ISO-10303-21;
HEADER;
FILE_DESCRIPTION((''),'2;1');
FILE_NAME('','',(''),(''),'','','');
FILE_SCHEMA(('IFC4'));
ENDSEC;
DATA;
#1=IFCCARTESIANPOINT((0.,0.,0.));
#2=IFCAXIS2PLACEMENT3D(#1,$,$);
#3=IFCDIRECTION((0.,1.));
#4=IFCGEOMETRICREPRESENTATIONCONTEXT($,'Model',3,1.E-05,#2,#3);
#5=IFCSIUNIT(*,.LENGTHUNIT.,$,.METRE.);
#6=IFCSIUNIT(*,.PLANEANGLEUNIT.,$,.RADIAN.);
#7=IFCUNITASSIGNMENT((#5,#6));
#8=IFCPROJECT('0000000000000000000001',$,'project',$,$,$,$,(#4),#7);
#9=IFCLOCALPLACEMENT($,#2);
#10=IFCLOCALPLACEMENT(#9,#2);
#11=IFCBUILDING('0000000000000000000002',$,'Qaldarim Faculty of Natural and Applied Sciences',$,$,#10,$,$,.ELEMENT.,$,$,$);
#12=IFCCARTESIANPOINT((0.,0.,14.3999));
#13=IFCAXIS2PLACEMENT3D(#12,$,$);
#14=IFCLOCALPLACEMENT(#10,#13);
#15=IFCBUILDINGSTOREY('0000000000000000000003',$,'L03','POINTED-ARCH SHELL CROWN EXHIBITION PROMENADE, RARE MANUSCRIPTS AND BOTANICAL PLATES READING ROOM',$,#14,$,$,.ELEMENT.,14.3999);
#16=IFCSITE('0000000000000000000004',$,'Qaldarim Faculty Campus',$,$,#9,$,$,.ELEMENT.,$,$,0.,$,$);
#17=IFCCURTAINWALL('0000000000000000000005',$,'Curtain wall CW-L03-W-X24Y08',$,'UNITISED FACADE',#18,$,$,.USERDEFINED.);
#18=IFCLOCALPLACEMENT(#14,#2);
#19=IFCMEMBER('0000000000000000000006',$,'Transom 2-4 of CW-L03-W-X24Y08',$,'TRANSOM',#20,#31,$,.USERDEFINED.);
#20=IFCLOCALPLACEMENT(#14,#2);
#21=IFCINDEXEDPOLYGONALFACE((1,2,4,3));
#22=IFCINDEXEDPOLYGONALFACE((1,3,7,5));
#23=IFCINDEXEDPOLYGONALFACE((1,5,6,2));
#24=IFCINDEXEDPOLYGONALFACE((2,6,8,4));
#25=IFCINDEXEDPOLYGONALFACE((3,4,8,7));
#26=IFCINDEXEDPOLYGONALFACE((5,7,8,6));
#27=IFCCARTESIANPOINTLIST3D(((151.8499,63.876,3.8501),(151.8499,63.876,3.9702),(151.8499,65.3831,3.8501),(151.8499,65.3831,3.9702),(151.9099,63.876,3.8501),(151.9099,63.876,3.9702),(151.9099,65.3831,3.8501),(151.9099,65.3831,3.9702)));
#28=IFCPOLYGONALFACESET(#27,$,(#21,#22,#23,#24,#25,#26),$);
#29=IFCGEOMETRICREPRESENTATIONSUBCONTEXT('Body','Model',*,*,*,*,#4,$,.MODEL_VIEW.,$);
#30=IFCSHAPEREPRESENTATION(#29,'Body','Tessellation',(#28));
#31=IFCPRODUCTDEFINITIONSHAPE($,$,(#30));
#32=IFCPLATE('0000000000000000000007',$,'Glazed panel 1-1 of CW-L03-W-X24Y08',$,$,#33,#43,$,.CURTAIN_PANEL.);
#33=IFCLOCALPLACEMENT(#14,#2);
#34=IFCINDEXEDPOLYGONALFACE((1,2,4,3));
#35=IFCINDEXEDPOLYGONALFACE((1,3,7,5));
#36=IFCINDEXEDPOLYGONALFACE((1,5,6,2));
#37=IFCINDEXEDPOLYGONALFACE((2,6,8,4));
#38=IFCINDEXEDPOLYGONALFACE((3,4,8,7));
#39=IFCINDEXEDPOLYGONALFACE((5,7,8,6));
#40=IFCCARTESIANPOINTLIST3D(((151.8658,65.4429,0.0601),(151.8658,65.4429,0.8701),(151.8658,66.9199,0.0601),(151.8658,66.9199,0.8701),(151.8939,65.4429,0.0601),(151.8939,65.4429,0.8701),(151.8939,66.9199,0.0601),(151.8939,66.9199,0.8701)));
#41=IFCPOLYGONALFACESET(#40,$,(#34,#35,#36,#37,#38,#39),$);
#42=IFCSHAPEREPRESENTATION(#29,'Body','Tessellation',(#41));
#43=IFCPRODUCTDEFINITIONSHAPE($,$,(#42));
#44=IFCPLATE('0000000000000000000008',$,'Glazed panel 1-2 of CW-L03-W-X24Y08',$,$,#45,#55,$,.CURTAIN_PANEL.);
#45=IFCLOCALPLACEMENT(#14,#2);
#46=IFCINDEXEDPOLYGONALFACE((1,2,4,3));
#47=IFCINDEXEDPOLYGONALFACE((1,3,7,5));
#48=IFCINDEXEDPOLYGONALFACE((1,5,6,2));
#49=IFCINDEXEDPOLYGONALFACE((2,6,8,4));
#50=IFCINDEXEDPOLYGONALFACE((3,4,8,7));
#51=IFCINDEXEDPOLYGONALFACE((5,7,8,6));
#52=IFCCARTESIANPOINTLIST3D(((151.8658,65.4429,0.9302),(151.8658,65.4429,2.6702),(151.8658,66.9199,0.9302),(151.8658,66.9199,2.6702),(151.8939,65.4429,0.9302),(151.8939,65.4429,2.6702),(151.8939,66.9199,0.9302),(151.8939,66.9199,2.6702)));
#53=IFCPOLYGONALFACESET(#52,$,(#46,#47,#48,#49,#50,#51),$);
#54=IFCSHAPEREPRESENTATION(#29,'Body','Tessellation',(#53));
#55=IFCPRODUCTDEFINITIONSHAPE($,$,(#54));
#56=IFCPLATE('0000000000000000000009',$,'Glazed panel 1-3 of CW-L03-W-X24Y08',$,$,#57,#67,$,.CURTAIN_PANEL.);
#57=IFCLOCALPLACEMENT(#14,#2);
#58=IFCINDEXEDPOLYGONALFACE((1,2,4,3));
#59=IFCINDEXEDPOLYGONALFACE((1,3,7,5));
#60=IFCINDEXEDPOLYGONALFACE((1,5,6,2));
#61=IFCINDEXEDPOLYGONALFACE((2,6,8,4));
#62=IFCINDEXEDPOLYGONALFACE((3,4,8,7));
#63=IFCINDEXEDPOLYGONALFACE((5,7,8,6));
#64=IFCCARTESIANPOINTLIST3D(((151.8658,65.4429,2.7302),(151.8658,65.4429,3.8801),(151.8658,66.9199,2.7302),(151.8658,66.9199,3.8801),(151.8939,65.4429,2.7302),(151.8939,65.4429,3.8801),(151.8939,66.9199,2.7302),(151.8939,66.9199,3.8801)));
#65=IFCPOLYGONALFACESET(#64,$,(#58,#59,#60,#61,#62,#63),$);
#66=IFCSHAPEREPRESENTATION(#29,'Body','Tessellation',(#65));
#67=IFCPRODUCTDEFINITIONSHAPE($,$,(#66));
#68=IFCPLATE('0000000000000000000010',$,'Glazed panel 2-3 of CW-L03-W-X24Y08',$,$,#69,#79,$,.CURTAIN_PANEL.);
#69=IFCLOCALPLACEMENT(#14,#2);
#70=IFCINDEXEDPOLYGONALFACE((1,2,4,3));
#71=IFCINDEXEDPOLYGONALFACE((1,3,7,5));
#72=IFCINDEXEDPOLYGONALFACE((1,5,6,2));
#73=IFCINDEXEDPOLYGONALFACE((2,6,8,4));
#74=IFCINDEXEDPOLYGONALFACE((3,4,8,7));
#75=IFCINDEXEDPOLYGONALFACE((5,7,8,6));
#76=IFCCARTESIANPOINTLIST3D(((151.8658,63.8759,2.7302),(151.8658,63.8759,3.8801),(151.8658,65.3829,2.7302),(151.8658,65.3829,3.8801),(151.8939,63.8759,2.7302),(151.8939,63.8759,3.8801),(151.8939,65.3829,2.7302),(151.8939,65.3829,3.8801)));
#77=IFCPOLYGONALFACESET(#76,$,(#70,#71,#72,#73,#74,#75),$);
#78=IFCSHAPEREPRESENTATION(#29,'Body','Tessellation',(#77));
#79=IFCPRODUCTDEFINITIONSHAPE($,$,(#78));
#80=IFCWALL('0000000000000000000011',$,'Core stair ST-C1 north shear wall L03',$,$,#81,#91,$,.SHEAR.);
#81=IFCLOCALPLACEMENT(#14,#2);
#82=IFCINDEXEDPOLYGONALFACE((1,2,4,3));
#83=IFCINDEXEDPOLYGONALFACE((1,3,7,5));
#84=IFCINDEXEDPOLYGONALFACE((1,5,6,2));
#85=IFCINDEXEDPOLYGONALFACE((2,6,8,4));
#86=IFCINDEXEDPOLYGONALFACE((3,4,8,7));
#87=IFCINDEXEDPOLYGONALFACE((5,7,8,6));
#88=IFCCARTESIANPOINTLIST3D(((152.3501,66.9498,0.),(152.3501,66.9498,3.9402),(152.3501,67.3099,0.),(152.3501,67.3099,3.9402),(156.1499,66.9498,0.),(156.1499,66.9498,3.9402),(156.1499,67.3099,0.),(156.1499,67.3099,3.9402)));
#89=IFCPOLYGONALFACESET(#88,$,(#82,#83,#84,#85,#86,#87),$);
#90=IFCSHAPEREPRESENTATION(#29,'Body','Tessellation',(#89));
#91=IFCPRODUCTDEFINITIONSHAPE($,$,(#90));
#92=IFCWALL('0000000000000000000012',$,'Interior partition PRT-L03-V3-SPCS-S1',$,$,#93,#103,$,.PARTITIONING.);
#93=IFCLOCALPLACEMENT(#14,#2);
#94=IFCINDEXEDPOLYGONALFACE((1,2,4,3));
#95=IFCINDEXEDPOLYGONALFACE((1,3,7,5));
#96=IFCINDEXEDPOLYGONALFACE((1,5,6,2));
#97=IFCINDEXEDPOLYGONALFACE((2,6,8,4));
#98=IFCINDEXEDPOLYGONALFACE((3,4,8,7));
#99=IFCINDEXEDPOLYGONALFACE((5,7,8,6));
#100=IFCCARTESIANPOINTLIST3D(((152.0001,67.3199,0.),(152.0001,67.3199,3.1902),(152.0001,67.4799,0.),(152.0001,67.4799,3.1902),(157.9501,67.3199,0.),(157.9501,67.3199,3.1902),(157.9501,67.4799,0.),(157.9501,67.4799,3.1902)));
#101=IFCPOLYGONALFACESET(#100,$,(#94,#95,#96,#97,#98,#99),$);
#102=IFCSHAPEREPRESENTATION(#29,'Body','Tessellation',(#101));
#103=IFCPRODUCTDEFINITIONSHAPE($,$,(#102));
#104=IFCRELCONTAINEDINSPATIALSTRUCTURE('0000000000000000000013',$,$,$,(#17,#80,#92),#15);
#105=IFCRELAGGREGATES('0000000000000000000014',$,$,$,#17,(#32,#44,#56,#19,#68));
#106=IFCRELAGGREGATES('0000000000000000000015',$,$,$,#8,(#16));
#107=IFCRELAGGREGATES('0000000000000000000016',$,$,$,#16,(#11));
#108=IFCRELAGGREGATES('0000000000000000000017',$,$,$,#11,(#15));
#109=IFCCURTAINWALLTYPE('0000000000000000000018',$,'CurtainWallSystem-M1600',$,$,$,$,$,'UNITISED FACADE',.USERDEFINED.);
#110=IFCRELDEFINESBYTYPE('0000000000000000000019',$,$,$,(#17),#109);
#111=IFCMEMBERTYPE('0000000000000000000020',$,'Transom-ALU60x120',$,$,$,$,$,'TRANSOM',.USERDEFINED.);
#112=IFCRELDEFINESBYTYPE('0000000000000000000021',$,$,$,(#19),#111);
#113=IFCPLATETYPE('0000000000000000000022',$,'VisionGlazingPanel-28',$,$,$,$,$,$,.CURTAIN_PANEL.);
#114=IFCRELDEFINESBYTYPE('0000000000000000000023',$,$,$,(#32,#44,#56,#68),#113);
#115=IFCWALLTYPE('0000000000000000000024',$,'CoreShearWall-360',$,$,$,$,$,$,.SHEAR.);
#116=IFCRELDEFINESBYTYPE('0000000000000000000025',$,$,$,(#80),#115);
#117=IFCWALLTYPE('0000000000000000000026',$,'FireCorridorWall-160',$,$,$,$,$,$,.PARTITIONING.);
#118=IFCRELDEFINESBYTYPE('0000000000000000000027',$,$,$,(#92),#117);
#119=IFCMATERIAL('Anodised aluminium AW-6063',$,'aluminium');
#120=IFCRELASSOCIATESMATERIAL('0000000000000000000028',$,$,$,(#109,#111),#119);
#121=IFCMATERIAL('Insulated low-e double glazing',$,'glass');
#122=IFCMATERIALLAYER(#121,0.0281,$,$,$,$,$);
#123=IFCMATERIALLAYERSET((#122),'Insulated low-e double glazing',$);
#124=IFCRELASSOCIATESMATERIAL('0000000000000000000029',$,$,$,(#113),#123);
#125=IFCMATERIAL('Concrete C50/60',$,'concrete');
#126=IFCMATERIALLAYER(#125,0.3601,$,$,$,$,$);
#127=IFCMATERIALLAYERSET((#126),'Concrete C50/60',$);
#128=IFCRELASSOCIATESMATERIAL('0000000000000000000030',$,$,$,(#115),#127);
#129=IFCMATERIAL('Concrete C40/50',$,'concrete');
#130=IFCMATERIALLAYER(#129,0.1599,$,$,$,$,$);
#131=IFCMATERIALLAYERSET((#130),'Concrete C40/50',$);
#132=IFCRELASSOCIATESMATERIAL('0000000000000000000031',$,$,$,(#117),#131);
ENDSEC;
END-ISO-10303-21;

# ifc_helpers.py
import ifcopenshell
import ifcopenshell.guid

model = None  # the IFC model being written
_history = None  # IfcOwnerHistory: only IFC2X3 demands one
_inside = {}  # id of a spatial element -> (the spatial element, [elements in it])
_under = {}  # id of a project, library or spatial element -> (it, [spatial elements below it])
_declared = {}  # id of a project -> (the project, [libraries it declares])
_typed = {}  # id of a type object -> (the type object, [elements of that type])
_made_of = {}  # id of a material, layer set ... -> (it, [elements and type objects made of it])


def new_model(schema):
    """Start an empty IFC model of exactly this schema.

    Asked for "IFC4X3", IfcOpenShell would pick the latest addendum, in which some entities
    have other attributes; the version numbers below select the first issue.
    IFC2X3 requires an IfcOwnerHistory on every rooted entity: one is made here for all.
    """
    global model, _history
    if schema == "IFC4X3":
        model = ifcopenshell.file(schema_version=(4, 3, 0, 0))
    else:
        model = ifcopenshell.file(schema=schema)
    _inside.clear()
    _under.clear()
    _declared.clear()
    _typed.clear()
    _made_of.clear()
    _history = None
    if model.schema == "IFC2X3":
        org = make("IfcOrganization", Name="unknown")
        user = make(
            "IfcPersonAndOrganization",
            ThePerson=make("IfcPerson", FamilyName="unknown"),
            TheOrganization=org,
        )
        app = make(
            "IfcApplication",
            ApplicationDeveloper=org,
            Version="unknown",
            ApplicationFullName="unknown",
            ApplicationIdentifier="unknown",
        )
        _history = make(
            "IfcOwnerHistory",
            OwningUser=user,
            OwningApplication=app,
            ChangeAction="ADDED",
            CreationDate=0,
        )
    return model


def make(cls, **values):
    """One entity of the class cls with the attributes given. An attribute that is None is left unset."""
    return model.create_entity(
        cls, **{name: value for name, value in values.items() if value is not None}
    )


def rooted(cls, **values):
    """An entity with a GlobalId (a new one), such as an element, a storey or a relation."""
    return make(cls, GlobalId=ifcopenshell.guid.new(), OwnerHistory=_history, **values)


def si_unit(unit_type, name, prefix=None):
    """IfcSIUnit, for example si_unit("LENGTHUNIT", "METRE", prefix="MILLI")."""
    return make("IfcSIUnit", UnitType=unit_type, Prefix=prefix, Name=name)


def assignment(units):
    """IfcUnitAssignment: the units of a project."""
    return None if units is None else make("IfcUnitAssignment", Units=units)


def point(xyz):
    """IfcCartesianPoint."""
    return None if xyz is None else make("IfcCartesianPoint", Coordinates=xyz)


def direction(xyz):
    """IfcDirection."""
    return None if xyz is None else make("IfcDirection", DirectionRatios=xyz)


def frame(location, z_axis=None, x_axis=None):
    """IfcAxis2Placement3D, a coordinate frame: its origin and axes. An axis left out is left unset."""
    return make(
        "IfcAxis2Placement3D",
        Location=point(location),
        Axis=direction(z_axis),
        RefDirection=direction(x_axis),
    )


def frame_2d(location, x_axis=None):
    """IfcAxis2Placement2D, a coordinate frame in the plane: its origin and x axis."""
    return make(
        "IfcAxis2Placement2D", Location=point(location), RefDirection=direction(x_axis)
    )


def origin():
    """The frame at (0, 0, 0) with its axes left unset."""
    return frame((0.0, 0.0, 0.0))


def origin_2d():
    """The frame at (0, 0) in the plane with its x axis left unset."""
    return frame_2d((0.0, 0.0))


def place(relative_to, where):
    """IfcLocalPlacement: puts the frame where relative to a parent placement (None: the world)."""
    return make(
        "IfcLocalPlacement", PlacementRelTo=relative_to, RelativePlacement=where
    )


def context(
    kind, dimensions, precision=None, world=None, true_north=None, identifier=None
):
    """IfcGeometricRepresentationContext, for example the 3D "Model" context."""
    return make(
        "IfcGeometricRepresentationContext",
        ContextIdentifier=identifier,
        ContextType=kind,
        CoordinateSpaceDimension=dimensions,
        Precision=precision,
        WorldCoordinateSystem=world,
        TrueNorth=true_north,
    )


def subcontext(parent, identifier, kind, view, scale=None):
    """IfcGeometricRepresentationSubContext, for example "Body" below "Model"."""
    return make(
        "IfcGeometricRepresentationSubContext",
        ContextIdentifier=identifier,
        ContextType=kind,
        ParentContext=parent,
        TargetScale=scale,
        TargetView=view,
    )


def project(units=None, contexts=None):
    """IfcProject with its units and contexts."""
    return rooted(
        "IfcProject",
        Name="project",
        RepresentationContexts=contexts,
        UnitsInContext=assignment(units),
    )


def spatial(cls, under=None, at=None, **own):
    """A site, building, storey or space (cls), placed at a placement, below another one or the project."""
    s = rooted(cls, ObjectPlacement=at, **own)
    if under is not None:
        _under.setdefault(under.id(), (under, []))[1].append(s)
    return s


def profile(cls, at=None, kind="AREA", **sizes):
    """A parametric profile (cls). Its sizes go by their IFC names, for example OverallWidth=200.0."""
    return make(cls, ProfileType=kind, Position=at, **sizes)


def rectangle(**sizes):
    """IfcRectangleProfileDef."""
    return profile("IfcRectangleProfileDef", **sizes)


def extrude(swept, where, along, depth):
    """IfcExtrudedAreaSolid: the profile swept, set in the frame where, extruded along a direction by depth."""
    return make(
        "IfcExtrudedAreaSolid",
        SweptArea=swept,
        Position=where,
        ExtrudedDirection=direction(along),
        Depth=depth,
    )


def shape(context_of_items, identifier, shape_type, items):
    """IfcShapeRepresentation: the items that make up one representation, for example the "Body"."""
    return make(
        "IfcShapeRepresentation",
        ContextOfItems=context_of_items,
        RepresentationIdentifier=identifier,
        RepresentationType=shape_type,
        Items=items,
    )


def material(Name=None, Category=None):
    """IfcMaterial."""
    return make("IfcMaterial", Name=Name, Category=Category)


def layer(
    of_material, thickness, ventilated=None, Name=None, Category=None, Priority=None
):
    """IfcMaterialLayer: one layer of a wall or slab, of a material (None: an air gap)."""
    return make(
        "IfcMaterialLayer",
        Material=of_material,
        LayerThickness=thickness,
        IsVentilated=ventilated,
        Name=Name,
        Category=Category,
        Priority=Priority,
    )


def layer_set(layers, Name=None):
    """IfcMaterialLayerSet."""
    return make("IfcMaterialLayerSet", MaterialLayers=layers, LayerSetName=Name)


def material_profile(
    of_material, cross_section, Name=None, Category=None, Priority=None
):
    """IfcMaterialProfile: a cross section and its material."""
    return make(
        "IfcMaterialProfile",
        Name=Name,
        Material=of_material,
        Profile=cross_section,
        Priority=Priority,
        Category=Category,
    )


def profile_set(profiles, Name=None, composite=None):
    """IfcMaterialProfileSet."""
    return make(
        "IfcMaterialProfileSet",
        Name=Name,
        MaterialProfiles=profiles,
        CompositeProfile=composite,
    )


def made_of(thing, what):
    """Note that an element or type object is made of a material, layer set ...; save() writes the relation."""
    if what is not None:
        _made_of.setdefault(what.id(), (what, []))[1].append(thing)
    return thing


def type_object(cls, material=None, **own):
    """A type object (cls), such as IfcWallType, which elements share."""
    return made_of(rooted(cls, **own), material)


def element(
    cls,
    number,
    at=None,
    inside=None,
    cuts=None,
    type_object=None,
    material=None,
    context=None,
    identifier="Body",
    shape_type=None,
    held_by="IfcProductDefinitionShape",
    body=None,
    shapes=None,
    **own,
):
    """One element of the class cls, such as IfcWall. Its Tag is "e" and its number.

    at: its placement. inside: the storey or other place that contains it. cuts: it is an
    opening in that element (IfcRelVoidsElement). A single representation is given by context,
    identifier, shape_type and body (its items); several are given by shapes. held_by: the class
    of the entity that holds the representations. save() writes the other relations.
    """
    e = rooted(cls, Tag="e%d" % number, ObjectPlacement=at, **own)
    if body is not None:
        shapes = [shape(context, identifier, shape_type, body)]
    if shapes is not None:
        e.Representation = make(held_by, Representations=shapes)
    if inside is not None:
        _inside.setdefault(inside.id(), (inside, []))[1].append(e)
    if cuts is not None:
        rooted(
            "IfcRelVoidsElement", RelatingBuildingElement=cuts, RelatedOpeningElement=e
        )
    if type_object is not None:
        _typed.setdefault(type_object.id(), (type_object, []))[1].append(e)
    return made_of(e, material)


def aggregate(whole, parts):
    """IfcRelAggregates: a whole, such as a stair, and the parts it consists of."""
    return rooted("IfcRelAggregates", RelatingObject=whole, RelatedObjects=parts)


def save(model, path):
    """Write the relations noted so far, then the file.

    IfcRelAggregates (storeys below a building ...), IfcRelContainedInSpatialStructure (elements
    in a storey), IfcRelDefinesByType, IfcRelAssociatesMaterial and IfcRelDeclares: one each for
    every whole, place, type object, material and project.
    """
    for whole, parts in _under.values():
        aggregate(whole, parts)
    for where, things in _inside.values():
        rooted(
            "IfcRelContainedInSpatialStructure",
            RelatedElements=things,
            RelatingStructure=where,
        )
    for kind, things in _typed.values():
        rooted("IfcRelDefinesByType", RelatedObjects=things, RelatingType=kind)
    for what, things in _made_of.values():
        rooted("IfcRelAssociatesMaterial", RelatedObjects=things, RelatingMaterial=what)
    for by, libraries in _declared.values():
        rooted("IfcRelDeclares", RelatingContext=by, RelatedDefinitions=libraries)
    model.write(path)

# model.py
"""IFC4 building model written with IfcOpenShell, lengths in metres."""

from ifc_helpers import new_model, si_unit, direction, frame, frame_2d, origin, origin_2d, place, context, subcontext, project, spatial, rectangle, extrude, material, layer, layer_set, material_profile, profile_set, type_object, element, aggregate, save


model = new_model("IFC4")

# Units and contexts
model_context = context("Model", 3, precision=1e-05, world=origin(), true_north=direction((0.0, 1.0)))
body_context = subcontext(model_context, "Body", "Model", "MODEL_VIEW")
ifc_project = project(units=[si_unit("LENGTHUNIT", "METRE"), si_unit("PLANEANGLEUNIT", "RADIAN")], contexts=[model_context])

# Site, building, storey
site_placement = place(None, origin())
site = spatial("IfcSite", under=ifc_project, at=site_placement, Name="Qaldarim Faculty Campus", CompositionType="ELEMENT", RefElevation=0.0)
building_placement = place(site_placement, origin())
building = spatial("IfcBuilding", under=site, at=building_placement, Name="Qaldarim Faculty of Natural and Applied Sciences", CompositionType="ELEMENT")
storey_placement = place(building_placement, frame((0.0, 0.0, 14.3999)))
storey = spatial("IfcBuildingStorey", under=building, at=storey_placement, Name="L03", Description="POINTED-ARCH SHELL CROWN EXHIBITION PROMENADE, RARE MANUSCRIPTS AND BOTANICAL PLATES READING ROOM", CompositionType="ELEMENT", Elevation=14.3999)

# Shared definitions
ifc_material_1 = material(Name="Concrete C40/50", Category="concrete")

# Curtain wall
ifc_material_2 = material(Name="Anodised aluminium AW-6063", Category="aluminium")
curtain_wall_type = type_object("IfcCurtainWallType", Name="CurtainWallSystem-M1600", ElementType="UNITISED FACADE", PredefinedType="USERDEFINED", material=ifc_material_2)
curtain_wall_placement = place(storey_placement, origin())
curtain_wall = element("IfcCurtainWall", 1, at=curtain_wall_placement, inside=storey, type_object=curtain_wall_type, Name="Curtain wall CW-L03-W-X24Y08", ObjectType="UNITISED FACADE", PredefinedType="USERDEFINED")

# Shared definitions
ifc_material_3 = material(Name="Concrete C50/60", Category="concrete")

# Member
ifc_material_profile_1 = material_profile(ifc_material_2, rectangle(XDim=0.0601, YDim=0.1201, at=origin_2d()), Name="ALU-T60x120")
ifc_profile_set_1 = profile_set([ifc_material_profile_1], Name="Anodised aluminium AW-6063")
member_type_1 = type_object("IfcMemberType", Name="Transom-ALU60x120", ElementType="TRANSOM", PredefinedType="USERDEFINED", material=ifc_profile_set_1)
member_1_placement = place(storey_placement, frame((151.8799, 65.3831, 3.9102), z_axis=(0.0, -1.0, 0.0), x_axis=(1.0, 0.0, 0.0)))
member_1 = element("IfcMember", 2, at=member_1_placement, type_object=member_type_1, Name="Transom 2-4 of CW-L03-W-X24Y08", ObjectType="TRANSOM", PredefinedType="USERDEFINED", context=body_context, shape_type="SweptSolid", body=[
    extrude(rectangle(XDim=0.0601, YDim=0.1201, at=origin_2d()), origin(), (0.0, 0.0, 1.0), 1.5071),
])

# Plates
ifc_material_4 = material(Name="Insulated low-e double glazing", Category="glass")
ifc_layer_1 = layer(ifc_material_4, 0.0281)
ifc_layer_set_1 = layer_set([ifc_layer_1], Name="Insulated low-e double glazing")
plate_type = type_object("IfcPlateType", Name="VisionGlazingPanel-28", PredefinedType="CURTAIN_PANEL", material=ifc_layer_set_1)
plate_1_placement = place(storey_placement, frame((151.8799, 66.1814, 0.0601), z_axis=(0.0, 0.0, 1.0), x_axis=(0.0, -1.0, 0.0)))
plate_1 = element("IfcPlate", 3, at=plate_1_placement, type_object=plate_type, Name="Glazed panel 1-1 of CW-L03-W-X24Y08", PredefinedType="CURTAIN_PANEL", context=body_context, shape_type="SweptSolid", body=[
    extrude(rectangle(XDim=1.4771, YDim=0.0281, at=origin_2d()), origin(), (0.0, 0.0, 1.0), 0.8101),
])
plate_2_placement = place(storey_placement, frame((151.8799, 66.1814, 0.9302), z_axis=(0.0, 0.0, 1.0), x_axis=(0.0, -1.0, 0.0)))
plate_2 = element("IfcPlate", 4, at=plate_2_placement, type_object=plate_type, Name="Glazed panel 1-2 of CW-L03-W-X24Y08", PredefinedType="CURTAIN_PANEL", context=body_context, shape_type="SweptSolid", body=[
    extrude(rectangle(XDim=1.4771, YDim=0.0281, at=origin_2d()), origin(), (0.0, 0.0, 1.0), 1.74),
])
plate_3_placement = place(storey_placement, frame((151.8799, 66.1814, 2.7302), z_axis=(0.0, 0.0, 1.0), x_axis=(0.0, -1.0, 0.0)))
plate_3 = element("IfcPlate", 5, at=plate_3_placement, type_object=plate_type, Name="Glazed panel 1-3 of CW-L03-W-X24Y08", PredefinedType="CURTAIN_PANEL", context=body_context, shape_type="SweptSolid", body=[
    extrude(rectangle(XDim=1.4771, YDim=0.0281, at=origin_2d()), origin(), (0.0, 0.0, 1.0), 1.1499),
])
plate_4_placement = place(storey_placement, frame((151.8799, 64.6294, 2.7302), z_axis=(0.0, 0.0, 1.0), x_axis=(0.0, -1.0, 0.0)))
plate_4 = element("IfcPlate", 6, at=plate_4_placement, type_object=plate_type, Name="Glazed panel 2-3 of CW-L03-W-X24Y08", PredefinedType="CURTAIN_PANEL", context=body_context, shape_type="SweptSolid", body=[
    extrude(rectangle(XDim=1.5071, YDim=0.0281, at=origin_2d()), origin(), (0.0, 0.0, 1.0), 1.1499),
])
aggregate(curtain_wall, [plate_1, plate_2, plate_3, member_1, plate_4])

# Walls
ifc_layer_2 = layer(ifc_material_3, 0.3601)
ifc_layer_set_2 = layer_set([ifc_layer_2], Name="Concrete C50/60")
wall_type_1 = type_object("IfcWallType", Name="CoreShearWall-360", PredefinedType="SHEAR", material=ifc_layer_set_2)
wall_1_placement = place(storey_placement, frame((152.3501, 67.1299, 0.0), z_axis=(0.0, 0.0, 1.0), x_axis=(1.0, 0.0, 0.0)))
element("IfcWall", 7, at=wall_1_placement, inside=storey, type_object=wall_type_1, Name="Core stair ST-C1 north shear wall L03", PredefinedType="SHEAR", context=body_context, shape_type="SweptSolid", body=[
    extrude(rectangle(XDim=3.7998, YDim=0.3601, at=frame_2d((1.8999, 0.0))), origin(), (0.0, 0.0, 1.0), 3.9402),
])
ifc_layer_3 = layer(ifc_material_1, 0.1599)
ifc_layer_set_3 = layer_set([ifc_layer_3], Name="Concrete C40/50")
wall_type_2 = type_object("IfcWallType", Name="FireCorridorWall-160", PredefinedType="PARTITIONING", material=ifc_layer_set_3)
wall_2_placement = place(storey_placement, frame((152.0, 67.3999, 0.0), z_axis=(0.0, 0.0, 1.0), x_axis=(1.0, 0.0, 0.0)))
element("IfcWall", 8, at=wall_2_placement, inside=storey, type_object=wall_type_2, Name="Interior partition PRT-L03-V3-SPCS-S1", PredefinedType="PARTITIONING", context=body_context, shape_type="SweptSolid", body=[
    extrude(rectangle(XDim=5.95, YDim=0.1599, at=frame_2d((2.9751, 0.0))), origin(), (0.0, 0.0, 1.0), 3.1902),
])

save(model, "model.ifc")
